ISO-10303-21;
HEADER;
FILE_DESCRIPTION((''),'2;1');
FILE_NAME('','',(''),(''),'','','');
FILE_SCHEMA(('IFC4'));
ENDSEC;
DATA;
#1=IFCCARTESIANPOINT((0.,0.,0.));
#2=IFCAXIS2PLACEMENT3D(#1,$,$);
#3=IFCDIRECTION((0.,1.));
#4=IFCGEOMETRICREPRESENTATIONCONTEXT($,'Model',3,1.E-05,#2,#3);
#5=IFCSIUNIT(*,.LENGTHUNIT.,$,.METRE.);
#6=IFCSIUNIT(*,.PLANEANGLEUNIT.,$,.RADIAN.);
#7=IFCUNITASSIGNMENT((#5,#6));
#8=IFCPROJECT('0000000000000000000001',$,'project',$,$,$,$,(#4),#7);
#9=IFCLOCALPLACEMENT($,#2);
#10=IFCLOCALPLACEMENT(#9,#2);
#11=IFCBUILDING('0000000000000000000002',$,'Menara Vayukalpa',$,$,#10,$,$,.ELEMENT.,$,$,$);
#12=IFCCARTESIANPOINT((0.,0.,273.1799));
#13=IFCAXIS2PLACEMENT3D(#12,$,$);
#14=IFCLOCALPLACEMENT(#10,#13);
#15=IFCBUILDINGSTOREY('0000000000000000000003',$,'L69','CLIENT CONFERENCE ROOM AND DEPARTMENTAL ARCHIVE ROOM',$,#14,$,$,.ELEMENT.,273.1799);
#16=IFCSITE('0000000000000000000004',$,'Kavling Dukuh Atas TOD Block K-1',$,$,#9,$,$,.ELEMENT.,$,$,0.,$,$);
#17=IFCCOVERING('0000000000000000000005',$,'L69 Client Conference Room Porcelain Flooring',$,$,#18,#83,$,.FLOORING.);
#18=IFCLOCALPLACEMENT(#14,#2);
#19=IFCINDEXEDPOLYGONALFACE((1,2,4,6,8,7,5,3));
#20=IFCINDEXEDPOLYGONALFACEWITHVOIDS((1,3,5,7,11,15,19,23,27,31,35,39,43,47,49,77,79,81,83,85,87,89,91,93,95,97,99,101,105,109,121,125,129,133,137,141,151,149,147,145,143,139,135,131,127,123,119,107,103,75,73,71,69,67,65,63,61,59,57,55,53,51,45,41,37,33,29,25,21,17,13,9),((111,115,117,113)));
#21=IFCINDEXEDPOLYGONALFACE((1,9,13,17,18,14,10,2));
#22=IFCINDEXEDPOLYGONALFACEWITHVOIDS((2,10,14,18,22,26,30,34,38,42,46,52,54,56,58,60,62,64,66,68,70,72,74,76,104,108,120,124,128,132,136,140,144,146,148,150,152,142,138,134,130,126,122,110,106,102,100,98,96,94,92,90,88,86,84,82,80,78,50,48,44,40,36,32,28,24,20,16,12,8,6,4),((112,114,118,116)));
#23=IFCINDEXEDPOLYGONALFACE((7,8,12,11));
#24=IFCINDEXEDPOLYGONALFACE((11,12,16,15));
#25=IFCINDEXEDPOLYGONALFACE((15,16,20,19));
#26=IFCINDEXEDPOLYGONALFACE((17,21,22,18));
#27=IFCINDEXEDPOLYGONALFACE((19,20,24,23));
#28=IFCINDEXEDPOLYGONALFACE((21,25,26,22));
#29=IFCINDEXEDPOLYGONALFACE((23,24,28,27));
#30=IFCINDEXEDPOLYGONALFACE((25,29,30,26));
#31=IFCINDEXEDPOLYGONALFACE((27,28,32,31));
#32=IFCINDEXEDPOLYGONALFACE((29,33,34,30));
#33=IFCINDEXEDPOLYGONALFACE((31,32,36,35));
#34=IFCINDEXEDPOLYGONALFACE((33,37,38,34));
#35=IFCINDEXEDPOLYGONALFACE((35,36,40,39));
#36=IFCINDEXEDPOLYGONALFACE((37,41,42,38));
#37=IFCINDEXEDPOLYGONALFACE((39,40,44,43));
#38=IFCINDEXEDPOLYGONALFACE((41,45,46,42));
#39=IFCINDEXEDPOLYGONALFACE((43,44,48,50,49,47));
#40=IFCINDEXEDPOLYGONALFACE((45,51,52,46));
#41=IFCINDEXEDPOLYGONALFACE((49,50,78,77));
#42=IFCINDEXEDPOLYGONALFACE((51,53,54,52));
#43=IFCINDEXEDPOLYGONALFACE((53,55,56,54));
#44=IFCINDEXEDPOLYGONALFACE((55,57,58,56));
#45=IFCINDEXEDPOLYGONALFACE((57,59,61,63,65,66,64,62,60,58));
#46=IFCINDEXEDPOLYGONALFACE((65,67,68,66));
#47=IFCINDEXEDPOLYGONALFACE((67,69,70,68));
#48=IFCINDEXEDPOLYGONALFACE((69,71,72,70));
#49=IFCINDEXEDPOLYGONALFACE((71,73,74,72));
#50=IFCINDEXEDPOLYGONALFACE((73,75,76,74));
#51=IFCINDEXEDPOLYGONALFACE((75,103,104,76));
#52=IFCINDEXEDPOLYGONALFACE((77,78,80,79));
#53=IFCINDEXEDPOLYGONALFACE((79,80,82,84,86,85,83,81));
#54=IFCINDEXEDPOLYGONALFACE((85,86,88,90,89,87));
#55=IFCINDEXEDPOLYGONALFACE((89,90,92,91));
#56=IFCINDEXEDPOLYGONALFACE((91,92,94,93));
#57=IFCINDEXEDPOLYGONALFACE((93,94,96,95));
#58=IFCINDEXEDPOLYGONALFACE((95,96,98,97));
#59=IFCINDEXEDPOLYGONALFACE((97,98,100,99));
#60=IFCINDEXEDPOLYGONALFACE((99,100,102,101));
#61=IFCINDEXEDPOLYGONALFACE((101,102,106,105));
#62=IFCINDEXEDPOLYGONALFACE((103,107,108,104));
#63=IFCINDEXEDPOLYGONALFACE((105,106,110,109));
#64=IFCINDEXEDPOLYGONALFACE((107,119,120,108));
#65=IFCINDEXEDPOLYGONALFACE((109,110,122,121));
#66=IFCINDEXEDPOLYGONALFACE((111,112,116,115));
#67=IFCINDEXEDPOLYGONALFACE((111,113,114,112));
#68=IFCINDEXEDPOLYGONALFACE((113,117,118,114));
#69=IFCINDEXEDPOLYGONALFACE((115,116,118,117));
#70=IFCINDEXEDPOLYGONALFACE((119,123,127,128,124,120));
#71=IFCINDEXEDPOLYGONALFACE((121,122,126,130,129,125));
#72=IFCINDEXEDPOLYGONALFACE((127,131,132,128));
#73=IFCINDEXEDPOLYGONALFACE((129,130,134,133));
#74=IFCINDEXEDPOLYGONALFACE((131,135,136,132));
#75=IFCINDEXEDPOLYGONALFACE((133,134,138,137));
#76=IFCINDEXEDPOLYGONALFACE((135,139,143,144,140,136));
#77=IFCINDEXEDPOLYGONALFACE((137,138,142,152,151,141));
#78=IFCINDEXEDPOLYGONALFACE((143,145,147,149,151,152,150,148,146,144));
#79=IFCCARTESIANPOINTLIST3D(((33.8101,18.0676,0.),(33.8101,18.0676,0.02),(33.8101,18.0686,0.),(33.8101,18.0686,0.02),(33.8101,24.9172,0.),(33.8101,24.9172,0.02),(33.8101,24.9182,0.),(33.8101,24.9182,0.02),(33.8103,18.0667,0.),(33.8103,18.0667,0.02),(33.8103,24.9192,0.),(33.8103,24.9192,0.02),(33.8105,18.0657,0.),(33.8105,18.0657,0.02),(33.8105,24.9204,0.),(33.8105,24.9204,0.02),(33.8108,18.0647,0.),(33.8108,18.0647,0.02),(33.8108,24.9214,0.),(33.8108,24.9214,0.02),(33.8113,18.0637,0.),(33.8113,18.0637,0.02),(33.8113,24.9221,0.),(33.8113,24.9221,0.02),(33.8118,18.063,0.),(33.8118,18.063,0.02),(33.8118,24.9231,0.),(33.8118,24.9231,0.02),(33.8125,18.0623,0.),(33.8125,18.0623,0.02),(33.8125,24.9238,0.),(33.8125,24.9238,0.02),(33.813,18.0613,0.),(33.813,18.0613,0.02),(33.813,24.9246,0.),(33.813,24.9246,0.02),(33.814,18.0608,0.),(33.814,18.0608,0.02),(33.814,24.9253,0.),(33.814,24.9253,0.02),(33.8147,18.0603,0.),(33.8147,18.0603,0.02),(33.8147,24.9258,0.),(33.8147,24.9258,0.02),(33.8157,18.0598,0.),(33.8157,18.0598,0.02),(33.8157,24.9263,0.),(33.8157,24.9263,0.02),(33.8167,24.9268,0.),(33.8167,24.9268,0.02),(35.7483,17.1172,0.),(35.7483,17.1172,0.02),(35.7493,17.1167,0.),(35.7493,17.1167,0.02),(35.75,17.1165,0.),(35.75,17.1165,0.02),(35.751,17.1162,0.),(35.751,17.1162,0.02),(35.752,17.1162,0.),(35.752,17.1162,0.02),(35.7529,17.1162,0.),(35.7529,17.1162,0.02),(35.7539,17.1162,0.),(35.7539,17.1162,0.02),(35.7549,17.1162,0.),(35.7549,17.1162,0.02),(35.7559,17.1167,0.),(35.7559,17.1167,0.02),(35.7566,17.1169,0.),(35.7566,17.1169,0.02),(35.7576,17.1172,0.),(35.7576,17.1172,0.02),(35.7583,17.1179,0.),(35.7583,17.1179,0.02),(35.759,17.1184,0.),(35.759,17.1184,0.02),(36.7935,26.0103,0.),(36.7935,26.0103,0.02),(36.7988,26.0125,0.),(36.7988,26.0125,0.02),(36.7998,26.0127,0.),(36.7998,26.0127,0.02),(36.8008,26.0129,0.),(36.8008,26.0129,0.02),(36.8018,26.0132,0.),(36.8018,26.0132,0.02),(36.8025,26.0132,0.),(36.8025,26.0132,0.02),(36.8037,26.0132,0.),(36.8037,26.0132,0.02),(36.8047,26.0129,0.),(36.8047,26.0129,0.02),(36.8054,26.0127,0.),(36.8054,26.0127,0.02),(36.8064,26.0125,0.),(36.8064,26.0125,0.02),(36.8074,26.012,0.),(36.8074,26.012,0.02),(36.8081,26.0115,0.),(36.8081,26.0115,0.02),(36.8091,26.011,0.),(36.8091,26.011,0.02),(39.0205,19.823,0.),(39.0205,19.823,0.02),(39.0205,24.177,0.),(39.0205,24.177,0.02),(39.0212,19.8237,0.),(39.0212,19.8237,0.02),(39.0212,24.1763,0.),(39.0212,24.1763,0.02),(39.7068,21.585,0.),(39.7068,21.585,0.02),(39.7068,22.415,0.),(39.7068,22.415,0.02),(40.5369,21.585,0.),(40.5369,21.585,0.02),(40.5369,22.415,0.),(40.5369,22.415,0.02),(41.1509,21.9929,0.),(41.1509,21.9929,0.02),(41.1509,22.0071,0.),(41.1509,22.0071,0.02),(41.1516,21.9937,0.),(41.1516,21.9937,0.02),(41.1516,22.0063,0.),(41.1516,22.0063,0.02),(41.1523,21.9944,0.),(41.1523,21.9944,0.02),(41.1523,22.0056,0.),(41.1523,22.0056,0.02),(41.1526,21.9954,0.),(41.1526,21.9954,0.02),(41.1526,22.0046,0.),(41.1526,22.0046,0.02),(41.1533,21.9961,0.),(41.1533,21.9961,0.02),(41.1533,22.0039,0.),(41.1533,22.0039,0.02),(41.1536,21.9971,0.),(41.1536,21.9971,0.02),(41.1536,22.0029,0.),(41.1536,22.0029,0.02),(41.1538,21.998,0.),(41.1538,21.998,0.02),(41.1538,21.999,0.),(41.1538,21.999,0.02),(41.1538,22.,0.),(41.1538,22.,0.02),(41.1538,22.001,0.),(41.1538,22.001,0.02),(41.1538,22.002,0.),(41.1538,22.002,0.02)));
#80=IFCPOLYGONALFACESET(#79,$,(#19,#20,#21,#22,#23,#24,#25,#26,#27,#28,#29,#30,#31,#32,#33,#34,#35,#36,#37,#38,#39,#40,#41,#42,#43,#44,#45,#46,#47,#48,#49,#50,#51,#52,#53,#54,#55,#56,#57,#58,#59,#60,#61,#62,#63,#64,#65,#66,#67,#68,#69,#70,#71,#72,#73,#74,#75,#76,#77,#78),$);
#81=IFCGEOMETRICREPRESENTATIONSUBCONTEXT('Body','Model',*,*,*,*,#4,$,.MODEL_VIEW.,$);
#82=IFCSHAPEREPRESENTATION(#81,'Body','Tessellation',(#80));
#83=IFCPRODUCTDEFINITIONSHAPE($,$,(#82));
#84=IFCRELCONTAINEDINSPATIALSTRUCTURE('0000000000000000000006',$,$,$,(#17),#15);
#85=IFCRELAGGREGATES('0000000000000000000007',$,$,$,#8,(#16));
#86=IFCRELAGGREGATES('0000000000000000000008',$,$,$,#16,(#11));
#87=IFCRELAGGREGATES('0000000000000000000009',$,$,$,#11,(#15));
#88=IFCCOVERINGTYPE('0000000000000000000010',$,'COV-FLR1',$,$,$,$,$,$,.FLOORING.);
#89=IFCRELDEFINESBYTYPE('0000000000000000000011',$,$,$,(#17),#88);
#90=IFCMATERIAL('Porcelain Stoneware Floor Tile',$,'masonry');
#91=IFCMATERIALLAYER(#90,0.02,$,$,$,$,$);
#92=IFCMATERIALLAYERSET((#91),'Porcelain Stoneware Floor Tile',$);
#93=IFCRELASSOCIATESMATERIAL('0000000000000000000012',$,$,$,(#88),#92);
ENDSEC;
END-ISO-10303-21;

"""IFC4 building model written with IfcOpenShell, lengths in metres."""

from ifc_helpers import new_model, si_unit, direction, frame, origin, place, context, subcontext, project, spatial, polyline, outline, extrude, material, layer, layer_set, type_object, element, save


model = new_model("IFC4")

# Units and contexts
model_context = context("Model", 3, precision=1e-05, world=origin(), true_north=direction((0.0, 1.0)))
body_context = subcontext(model_context, "Body", "Model", "MODEL_VIEW")
ifc_project = project(units=[si_unit("LENGTHUNIT", "METRE"), si_unit("PLANEANGLEUNIT", "RADIAN")], contexts=[model_context])

# Site, building, storey
site_placement = place(None, origin())
site = spatial("IfcSite", under=ifc_project, at=site_placement, Name="Kavling Dukuh Atas TOD Block K-1", CompositionType="ELEMENT", RefElevation=0.0)
building_placement = place(site_placement, origin())
building = spatial("IfcBuilding", under=site, at=building_placement, Name="Menara Vayukalpa", CompositionType="ELEMENT")
storey_placement = place(building_placement, frame((0.0, 0.0, 273.1799)))
storey = spatial("IfcBuildingStorey", under=building, at=storey_placement, Name="L69", Description="CLIENT CONFERENCE ROOM AND DEPARTMENTAL ARCHIVE ROOM", CompositionType="ELEMENT", Elevation=273.1799)

# Covering
ifc_material_1 = material(Name="Porcelain Stoneware Floor Tile", Category="masonry")
ifc_layer_1 = layer(ifc_material_1, 0.02)
ifc_layer_set_1 = layer_set([ifc_layer_1], Name="Porcelain Stoneware Floor Tile")
covering_type_1 = type_object("IfcCoveringType", Name="COV-FLR1", PredefinedType="FLOORING", material=ifc_layer_set_1)
covering_1_placement = place(storey_placement, origin())
element("IfcCovering", 1, at=covering_1_placement, inside=storey, type_object=covering_type_1, Name="L69 Client Conference Room Porcelain Flooring", PredefinedType="FLOORING", context=body_context, shape_type="SweptSolid", body=[
    extrude(outline(polyline([(41.1509, 22.0071), (41.1516, 22.0063), (41.1523, 22.0056), (41.1526, 22.0046), (41.1533, 22.0039), (41.1536, 22.0029), (41.1538, 22.002), (41.1538, 22.001), (41.1538, 22.0), (41.1538, 21.999), (41.1538, 21.998), (41.1536, 21.9971), (41.1533, 21.9961), (41.1526, 21.9954), (41.1523, 21.9944), (41.1516, 21.9937), (41.1509, 21.9929), (39.0212, 19.8237), (39.0205, 19.823), (35.759, 17.1184), (35.7583, 17.1179), (35.7576, 17.1172), (35.7566, 17.1169), (35.7559, 17.1167), (35.7549, 17.1162), (35.7539, 17.1162), (35.7529, 17.1162), (35.752, 17.1162), (35.751, 17.1162), (35.75, 17.1165), (35.7493, 17.1167), (35.7483, 17.1172), (33.8157, 18.0598), (33.8147, 18.0603), (33.814, 18.0608), (33.813, 18.0613), (33.8125, 18.0623), (33.8118, 18.063), (33.8113, 18.0637), (33.8108, 18.0647), (33.8105, 18.0657), (33.8103, 18.0667), (33.8101, 18.0676), (33.8101, 18.0686), (33.8101, 24.9172), (33.8101, 24.9182), (33.8103, 24.9192), (33.8105, 24.9204), (33.8108, 24.9214), (33.8113, 24.9221), (33.8118, 24.9231), (33.8125, 24.9238), (33.813, 24.9246), (33.814, 24.9253), (33.8147, 24.9258), (33.8157, 24.9263), (33.8167, 24.9268), (36.7935, 26.0103), (36.7988, 26.0125), (36.7998, 26.0127), (36.8008, 26.0129), (36.8018, 26.0132), (36.8025, 26.0132), (36.8037, 26.0132), (36.8047, 26.0129), (36.8054, 26.0127), (36.8064, 26.0125), (36.8074, 26.012), (36.8081, 26.0115), (36.8091, 26.011), (39.0205, 24.177), (39.0212, 24.1763), (41.1509, 22.0071)]), holes=[polyline([(40.5369, 22.415), (39.7068, 22.415), (39.7068, 21.585), (40.5369, 21.585), (40.5369, 22.415)])]), origin(), (0.0, 0.0, 1.0), 0.02),
])

save(model, "model.ifc")
